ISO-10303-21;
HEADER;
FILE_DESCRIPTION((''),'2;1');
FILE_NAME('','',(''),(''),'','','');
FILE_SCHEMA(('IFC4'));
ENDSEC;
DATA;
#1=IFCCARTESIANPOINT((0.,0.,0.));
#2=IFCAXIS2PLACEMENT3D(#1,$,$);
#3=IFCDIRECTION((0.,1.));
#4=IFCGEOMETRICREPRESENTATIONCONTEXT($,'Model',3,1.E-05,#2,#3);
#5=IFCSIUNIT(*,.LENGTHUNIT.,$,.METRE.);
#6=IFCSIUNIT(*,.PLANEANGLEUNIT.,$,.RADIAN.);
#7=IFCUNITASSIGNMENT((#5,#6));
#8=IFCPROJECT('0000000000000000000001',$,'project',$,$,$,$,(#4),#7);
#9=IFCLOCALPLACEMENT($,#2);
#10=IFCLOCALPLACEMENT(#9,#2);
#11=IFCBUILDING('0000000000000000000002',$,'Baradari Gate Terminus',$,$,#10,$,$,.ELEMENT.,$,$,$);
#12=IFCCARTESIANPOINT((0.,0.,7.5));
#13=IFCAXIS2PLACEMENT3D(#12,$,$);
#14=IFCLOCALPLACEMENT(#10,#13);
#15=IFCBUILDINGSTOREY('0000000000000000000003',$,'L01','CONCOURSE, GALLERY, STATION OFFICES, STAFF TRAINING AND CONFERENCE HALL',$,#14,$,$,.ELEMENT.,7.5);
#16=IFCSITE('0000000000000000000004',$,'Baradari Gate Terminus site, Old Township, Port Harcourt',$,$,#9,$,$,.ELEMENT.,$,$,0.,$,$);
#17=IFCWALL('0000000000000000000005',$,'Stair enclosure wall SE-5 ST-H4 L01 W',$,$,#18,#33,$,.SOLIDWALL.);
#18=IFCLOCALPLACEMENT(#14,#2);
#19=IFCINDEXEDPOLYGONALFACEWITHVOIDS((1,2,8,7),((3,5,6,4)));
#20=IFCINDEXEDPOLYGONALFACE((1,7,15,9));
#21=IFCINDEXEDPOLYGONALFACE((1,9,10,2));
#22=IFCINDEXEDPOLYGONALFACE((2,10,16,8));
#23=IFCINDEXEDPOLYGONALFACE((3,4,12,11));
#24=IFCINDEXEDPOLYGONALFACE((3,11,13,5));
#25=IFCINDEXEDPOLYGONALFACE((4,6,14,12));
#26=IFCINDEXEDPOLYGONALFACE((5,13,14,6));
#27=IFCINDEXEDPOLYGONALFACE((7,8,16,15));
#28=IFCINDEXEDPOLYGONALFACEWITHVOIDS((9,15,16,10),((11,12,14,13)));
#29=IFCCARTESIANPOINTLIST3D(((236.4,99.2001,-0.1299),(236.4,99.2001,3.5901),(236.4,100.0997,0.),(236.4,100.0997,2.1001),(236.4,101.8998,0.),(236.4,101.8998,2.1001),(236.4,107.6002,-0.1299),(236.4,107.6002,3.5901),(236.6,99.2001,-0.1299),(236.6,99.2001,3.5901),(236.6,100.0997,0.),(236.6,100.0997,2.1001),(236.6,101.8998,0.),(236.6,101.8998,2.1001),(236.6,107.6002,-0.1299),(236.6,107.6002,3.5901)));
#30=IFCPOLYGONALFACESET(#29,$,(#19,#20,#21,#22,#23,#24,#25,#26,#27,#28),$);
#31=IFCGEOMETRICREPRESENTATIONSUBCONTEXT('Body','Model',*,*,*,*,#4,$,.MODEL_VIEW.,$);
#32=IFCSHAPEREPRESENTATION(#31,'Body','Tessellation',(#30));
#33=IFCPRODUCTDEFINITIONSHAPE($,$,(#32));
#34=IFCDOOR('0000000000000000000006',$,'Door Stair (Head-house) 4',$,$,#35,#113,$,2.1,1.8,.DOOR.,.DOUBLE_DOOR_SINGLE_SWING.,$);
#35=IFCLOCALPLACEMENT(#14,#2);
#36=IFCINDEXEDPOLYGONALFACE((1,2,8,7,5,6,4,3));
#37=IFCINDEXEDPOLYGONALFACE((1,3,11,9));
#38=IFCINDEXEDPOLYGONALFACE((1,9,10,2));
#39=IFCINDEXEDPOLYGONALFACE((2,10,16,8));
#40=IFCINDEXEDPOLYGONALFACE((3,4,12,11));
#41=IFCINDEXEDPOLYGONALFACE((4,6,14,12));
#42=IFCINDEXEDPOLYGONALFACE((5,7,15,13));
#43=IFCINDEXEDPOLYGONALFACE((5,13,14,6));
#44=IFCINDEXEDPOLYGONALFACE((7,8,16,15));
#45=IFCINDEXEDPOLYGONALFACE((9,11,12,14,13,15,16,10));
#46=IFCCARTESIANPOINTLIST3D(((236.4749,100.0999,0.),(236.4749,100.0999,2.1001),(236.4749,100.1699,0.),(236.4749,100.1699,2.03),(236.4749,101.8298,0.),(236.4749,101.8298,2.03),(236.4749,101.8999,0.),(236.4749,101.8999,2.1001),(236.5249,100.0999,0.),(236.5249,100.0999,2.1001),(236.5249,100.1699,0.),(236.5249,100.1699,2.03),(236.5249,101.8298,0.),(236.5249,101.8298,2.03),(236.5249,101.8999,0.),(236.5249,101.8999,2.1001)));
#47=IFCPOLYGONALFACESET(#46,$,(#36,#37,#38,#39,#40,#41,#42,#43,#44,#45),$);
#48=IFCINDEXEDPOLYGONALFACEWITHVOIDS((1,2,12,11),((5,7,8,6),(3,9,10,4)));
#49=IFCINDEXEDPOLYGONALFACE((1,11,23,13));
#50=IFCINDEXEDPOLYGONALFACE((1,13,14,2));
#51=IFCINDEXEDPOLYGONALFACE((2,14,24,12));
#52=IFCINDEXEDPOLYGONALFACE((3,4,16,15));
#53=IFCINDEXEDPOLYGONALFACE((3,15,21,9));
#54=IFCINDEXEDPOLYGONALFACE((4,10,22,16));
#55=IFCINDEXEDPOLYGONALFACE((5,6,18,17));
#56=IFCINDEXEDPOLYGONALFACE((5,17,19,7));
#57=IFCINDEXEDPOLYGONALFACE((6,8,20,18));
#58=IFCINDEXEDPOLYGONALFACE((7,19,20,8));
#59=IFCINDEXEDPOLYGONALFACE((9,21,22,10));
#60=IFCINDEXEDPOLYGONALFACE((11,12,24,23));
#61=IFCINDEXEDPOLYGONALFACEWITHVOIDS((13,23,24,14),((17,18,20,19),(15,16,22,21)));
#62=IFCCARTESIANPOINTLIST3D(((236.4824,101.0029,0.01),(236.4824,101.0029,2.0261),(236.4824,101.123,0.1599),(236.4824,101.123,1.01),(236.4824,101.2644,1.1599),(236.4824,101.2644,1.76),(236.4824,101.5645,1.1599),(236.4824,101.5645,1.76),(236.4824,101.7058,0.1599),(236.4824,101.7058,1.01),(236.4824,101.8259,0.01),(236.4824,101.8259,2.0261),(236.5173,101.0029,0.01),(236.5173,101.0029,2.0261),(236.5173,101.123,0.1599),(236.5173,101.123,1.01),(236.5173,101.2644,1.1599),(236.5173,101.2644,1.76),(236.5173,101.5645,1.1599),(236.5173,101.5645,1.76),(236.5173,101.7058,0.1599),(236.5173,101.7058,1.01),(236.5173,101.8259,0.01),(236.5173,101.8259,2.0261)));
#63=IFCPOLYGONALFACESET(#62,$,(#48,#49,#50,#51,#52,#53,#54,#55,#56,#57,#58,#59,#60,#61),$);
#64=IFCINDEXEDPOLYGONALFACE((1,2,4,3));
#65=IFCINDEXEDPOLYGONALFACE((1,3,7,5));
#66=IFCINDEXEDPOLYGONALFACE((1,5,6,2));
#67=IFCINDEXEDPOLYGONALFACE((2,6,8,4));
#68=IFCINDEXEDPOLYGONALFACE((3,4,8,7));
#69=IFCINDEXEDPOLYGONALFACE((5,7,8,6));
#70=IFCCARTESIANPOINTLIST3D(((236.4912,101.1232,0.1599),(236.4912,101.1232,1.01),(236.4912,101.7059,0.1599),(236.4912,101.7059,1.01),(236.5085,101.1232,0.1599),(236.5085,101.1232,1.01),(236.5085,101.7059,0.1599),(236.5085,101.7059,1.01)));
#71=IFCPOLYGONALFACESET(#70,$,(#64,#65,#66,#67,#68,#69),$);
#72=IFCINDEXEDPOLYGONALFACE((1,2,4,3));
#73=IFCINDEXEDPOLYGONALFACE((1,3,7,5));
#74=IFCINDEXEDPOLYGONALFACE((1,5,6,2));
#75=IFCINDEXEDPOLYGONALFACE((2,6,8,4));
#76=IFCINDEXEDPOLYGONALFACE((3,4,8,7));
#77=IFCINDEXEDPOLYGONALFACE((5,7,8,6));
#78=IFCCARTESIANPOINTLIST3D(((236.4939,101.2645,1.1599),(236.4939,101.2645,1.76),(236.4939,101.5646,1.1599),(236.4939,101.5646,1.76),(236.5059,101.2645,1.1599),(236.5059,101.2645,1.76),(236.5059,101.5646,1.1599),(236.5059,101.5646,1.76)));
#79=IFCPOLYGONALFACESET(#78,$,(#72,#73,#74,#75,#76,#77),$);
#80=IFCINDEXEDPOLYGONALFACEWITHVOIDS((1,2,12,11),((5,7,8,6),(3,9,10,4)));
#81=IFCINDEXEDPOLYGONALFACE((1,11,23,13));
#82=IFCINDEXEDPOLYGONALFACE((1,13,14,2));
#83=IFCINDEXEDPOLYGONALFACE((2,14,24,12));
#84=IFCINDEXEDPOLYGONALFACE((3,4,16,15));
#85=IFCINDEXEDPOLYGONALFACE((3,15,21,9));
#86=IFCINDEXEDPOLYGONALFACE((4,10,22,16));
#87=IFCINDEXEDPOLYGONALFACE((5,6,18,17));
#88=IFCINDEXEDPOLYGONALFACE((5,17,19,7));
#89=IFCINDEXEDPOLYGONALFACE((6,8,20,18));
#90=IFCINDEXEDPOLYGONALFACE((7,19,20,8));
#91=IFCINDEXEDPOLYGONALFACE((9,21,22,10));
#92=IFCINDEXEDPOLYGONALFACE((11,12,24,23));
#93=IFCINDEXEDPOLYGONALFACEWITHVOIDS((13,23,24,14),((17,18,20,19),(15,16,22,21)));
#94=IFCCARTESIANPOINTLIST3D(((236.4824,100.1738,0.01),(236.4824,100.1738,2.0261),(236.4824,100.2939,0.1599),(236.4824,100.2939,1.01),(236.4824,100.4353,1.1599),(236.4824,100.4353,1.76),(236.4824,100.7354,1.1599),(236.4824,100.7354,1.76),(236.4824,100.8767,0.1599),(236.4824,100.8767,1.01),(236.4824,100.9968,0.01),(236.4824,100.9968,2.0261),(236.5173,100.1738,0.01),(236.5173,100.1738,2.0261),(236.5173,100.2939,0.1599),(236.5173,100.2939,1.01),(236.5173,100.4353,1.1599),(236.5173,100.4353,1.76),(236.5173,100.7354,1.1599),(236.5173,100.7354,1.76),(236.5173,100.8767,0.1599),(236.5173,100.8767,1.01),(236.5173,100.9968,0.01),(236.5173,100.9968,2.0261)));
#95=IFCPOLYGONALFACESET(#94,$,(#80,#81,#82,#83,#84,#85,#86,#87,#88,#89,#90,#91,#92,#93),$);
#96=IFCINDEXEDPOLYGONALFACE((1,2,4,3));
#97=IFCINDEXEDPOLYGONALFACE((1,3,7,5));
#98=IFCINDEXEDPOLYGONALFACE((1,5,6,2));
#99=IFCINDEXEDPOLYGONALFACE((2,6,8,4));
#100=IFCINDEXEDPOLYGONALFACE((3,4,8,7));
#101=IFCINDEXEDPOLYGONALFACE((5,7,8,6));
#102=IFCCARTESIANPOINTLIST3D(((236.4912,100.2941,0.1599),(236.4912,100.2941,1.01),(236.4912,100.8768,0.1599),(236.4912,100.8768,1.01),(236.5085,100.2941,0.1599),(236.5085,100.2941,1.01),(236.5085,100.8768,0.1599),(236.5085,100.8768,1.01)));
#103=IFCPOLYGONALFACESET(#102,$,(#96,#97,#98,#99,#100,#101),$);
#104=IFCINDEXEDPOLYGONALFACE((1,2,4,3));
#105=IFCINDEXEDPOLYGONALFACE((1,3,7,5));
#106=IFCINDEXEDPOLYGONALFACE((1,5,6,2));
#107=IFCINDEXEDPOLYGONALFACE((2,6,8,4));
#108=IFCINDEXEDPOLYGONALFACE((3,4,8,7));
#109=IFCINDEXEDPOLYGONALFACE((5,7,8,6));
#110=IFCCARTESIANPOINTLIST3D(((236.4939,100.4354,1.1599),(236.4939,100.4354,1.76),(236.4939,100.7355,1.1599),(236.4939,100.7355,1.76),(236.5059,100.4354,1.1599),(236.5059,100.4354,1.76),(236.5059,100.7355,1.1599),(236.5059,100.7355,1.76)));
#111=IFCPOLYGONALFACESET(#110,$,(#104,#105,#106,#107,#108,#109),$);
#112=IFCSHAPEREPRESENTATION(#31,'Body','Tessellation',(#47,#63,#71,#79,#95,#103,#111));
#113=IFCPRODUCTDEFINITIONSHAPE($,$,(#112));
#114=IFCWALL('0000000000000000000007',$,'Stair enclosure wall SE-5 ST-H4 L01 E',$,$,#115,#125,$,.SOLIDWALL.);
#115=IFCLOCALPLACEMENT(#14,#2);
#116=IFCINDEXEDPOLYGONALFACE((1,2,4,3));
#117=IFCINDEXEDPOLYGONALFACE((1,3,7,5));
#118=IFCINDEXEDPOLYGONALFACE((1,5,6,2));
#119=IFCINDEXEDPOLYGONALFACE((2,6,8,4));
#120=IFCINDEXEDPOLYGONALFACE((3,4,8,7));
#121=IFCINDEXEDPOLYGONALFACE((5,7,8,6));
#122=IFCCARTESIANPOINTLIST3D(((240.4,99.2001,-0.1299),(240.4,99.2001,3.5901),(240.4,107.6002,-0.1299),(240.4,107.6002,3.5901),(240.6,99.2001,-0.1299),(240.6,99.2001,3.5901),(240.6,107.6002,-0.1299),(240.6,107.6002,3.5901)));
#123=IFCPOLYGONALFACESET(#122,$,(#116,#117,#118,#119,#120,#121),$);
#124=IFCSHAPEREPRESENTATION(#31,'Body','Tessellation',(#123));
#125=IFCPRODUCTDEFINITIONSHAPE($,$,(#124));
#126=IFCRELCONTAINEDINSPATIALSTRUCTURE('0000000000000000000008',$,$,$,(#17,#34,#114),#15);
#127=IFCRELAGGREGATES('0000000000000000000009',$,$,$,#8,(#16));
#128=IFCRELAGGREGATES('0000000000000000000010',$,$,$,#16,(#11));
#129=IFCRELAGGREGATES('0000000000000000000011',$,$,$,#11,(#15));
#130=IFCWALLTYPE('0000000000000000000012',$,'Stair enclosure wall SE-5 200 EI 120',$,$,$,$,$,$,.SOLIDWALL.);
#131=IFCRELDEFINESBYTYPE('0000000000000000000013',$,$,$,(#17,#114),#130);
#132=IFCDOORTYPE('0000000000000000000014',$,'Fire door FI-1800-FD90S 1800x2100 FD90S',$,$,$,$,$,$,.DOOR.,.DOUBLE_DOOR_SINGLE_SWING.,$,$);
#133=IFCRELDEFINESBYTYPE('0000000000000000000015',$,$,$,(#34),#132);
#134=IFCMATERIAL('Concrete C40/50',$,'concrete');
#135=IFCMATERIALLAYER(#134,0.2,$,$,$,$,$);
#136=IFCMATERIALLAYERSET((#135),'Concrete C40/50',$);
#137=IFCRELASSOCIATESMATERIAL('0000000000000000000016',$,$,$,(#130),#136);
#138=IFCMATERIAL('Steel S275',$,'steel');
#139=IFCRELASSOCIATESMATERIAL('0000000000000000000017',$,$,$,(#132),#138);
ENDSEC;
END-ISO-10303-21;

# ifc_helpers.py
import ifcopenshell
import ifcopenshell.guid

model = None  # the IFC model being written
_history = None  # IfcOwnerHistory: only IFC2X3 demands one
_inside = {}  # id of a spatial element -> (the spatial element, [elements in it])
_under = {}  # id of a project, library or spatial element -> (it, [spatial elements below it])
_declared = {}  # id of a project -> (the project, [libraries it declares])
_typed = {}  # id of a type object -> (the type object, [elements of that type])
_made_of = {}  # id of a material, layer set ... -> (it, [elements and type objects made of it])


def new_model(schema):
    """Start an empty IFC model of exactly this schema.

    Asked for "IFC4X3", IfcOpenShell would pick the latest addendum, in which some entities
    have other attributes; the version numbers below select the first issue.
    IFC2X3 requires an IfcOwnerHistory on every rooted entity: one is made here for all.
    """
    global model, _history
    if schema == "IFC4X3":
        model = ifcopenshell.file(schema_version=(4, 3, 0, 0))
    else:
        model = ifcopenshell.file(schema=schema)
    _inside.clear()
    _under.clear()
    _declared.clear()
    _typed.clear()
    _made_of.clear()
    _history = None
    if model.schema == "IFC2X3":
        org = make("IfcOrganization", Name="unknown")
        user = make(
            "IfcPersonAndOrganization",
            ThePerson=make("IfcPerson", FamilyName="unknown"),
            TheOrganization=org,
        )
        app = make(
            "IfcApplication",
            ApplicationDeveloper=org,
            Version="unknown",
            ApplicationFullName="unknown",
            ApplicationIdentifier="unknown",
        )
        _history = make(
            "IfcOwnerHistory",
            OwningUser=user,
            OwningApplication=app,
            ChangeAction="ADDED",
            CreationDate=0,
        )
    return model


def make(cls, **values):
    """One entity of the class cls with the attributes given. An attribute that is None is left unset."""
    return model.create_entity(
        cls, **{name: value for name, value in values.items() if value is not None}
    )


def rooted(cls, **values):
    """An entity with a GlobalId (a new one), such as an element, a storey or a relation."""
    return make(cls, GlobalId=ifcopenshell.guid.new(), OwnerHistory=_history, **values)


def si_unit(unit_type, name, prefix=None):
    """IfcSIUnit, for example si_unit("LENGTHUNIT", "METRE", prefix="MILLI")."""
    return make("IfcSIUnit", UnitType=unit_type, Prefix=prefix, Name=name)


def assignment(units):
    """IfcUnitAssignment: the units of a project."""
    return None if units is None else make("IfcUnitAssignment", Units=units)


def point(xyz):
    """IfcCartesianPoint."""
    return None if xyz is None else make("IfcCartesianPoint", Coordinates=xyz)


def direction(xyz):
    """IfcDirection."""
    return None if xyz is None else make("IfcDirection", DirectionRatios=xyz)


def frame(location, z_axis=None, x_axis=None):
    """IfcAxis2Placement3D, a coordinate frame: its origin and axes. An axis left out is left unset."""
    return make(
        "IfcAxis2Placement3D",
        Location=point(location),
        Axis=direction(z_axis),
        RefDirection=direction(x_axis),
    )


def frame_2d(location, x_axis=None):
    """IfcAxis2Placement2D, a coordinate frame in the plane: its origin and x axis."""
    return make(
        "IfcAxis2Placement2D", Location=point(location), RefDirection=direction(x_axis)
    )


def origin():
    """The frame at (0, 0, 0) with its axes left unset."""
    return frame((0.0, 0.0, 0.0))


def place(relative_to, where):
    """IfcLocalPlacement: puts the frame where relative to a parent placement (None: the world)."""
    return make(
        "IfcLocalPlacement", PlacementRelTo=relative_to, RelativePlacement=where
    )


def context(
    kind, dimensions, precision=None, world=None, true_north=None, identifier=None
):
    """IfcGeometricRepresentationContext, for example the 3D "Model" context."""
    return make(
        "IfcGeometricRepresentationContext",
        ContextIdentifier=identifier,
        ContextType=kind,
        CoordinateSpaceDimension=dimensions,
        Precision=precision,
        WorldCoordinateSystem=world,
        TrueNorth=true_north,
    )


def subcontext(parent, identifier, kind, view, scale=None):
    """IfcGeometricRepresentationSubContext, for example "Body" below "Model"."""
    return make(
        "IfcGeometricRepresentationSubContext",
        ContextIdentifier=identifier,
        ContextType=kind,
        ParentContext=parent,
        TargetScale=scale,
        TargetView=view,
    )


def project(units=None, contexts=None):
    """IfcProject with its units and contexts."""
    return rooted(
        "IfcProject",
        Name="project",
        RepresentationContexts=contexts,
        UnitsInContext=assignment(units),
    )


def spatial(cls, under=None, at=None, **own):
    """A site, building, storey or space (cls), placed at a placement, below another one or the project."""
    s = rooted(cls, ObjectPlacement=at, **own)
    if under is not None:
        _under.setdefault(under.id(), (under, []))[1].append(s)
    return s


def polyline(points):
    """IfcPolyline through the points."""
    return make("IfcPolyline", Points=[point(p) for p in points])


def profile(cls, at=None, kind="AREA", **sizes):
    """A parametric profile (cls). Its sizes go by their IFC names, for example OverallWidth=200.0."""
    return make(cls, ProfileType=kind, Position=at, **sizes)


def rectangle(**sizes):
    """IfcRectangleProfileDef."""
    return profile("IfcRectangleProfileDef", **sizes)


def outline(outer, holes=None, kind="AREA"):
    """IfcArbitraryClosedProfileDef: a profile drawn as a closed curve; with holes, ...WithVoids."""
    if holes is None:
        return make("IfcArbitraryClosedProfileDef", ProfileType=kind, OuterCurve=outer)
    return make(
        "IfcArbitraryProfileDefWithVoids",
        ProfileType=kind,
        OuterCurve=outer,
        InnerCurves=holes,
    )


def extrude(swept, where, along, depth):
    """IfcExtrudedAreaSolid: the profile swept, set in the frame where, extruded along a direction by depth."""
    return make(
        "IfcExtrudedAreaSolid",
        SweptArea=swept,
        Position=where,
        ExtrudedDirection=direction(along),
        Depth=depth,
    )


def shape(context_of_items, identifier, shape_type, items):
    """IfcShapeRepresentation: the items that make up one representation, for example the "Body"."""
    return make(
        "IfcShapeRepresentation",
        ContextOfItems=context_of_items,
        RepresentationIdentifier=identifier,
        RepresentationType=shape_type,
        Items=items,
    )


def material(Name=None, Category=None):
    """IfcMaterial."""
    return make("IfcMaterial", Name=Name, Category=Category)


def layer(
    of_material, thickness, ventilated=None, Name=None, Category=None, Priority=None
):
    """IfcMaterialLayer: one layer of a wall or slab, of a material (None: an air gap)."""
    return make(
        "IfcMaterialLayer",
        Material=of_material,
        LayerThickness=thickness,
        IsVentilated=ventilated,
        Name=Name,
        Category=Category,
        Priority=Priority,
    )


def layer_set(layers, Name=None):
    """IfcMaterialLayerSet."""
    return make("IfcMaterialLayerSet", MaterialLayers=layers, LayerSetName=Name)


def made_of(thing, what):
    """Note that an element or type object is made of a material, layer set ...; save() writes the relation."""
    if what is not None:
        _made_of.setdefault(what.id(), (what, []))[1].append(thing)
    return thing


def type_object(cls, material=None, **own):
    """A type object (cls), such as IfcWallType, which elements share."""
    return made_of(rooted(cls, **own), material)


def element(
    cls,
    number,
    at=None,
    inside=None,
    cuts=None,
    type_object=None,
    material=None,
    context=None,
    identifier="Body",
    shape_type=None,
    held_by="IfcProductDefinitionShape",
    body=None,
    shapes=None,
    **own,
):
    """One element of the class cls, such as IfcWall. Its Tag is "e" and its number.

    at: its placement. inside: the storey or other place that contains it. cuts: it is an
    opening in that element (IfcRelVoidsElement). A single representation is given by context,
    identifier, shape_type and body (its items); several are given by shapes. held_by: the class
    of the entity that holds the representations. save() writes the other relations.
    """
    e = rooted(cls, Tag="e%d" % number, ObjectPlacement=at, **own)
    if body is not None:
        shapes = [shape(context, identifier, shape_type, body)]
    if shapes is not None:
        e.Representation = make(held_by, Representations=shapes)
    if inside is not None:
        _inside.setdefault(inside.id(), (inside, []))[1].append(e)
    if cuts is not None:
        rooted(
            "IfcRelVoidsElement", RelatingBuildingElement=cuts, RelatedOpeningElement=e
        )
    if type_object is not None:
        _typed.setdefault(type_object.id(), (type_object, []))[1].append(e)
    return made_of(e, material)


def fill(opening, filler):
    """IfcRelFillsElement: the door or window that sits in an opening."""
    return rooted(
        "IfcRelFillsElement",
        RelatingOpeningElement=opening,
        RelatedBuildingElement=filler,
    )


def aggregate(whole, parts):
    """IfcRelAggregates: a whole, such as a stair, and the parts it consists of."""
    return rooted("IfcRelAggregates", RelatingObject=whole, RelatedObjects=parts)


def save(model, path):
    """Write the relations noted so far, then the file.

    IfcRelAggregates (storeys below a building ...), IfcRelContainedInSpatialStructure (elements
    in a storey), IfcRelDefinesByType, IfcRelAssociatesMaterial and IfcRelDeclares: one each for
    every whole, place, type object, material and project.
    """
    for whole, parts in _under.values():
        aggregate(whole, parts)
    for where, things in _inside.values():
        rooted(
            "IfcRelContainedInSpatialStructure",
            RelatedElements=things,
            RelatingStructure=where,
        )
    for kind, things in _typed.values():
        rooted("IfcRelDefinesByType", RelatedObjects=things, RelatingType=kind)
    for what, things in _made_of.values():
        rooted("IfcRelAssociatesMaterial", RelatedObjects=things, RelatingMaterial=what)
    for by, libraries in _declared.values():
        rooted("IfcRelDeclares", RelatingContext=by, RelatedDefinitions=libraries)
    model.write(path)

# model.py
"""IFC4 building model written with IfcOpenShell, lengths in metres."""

from ifc_helpers import new_model, si_unit, direction, frame, frame_2d, origin, place, context, subcontext, project, spatial, polyline, rectangle, outline, extrude, material, layer, layer_set, type_object, element, fill, save


model = new_model("IFC4")

# Units and contexts
model_context = context("Model", 3, precision=1e-05, world=origin(), true_north=direction((0.0, 1.0)))
body_context = subcontext(model_context, "Body", "Model", "MODEL_VIEW")
ifc_project = project(units=[si_unit("LENGTHUNIT", "METRE"), si_unit("PLANEANGLEUNIT", "RADIAN")], contexts=[model_context])

# Site, building, storey
site_placement = place(None, origin())
site = spatial("IfcSite", under=ifc_project, at=site_placement, Name="Baradari Gate Terminus site, Old Township, Port Harcourt", CompositionType="ELEMENT", RefElevation=0.0)
building_placement = place(site_placement, origin())
building = spatial("IfcBuilding", under=site, at=building_placement, Name="Baradari Gate Terminus", CompositionType="ELEMENT")
storey_placement = place(building_placement, frame((0.0, 0.0, 7.5)))
storey = spatial("IfcBuildingStorey", under=building, at=storey_placement, Name="L01", Description="CONCOURSE, GALLERY, STATION OFFICES, STAFF TRAINING AND CONFERENCE HALL", CompositionType="ELEMENT", Elevation=7.5)

# Wall, opening, door
ifc_material_1 = material(Name="Concrete C40/50", Category="concrete")
ifc_layer_1 = layer(ifc_material_1, 0.2)
ifc_layer_set_1 = layer_set([ifc_layer_1], Name="Concrete C40/50")
wall_type_1 = type_object("IfcWallType", Name="Stair enclosure wall SE-5 200 EI 120", PredefinedType="SOLIDWALL", material=ifc_layer_set_1)
ifc_material_2 = material(Name="Steel S275", Category="steel")
door_type_1 = type_object("IfcDoorType", Name="Fire door FI-1800-FD90S 1800x2100 FD90S", OperationType="DOUBLE_DOOR_SINGLE_SWING", PredefinedType="DOOR", material=ifc_material_2)
wall_1_placement = place(storey_placement, frame((236.5, 99.2, -0.1299), z_axis=(0.0, 0.0, 1.0), x_axis=(0.0, 1.0, 0.0)))
wall_1 = element("IfcWall", 1, at=wall_1_placement, inside=storey, type_object=wall_type_1, Name="Stair enclosure wall SE-5 ST-H4 L01 W", PredefinedType="SOLIDWALL", context=body_context, shape_type="SweptSolid", body=[
    extrude(rectangle(XDim=8.4001, YDim=0.2, at=frame_2d((4.2002, 0.0))), origin(), (0.0, 0.0, 1.0), 3.72),
])
opening_1_placement = place(wall_1_placement, frame((0.8999, 0.0, 0.1299)))
opening_1 = element("IfcOpeningElement", 2, at=opening_1_placement, cuts=wall_1, PredefinedType="OPENING", context=body_context, shape_type="SweptSolid", body=[
    extrude(rectangle(XDim=1.8, YDim=2.1001, at=frame_2d((0.8999, 1.05))), frame((0.0, 0.1099, 0.0), z_axis=(0.0, -1.0, 0.0), x_axis=(1.0, 0.0, 0.0)), (0.0, 0.0, 1.0), 0.22),
])
door_1_placement = place(opening_1_placement, frame((1.8, 0.0, 0.0), z_axis=(0.0, 0.0, 1.0), x_axis=(-1.0, 0.0, 0.0)))
door_1 = element("IfcDoor", 3, at=door_1_placement, inside=storey, type_object=door_type_1, Name="Door Stair (Head-house) 4", OperationType="DOUBLE_DOOR_SINGLE_SWING", OverallHeight=2.1, OverallWidth=1.8, PredefinedType="DOOR", context=body_context, shape_type="SweptSolid", body=[
    extrude(outline(polyline([(0.0, 0.0), (0.0701, 0.0), (0.0701, 2.03), (1.73, 2.03), (1.73, 0.0), (1.8, 0.0), (1.8, 2.1001), (0.0, 2.1001), (0.0, 0.0)])), frame((0.0, 0.0249, 0.0), z_axis=(0.0, -1.0, 0.0), x_axis=(1.0, 0.0, 0.0)), (0.0, 0.0, 1.0), 0.05),
    extrude(outline(polyline([(0.074, 0.01), (0.897, 0.01), (0.897, 2.0261), (0.074, 2.0261), (0.074, 0.01)]), holes=[polyline([(0.1941, 0.1599), (0.7769, 0.1599), (0.7769, 1.01), (0.1941, 1.01), (0.1941, 0.1599)]), polyline([(0.3354, 1.1599), (0.6355, 1.1599), (0.6355, 1.76), (0.3354, 1.76), (0.3354, 1.1599)])]), frame((0.0, 0.0173, 0.0), z_axis=(0.0, -1.0, 0.0), x_axis=(1.0, 0.0, 0.0)), (0.0, 0.0, 1.0), 0.0349),
    extrude(rectangle(XDim=0.5828, YDim=0.8501, at=frame_2d((0.4854, 0.585))), frame((0.0, 0.0085, 0.0), z_axis=(0.0, -1.0, 0.0), x_axis=(1.0, 0.0, 0.0)), (0.0, 0.0, 1.0), 0.0173),
    extrude(rectangle(XDim=0.3, YDim=0.6001, at=frame_2d((0.4854, 1.46))), frame((0.0, 0.0059, 0.0), z_axis=(0.0, -1.0, 0.0), x_axis=(1.0, 0.0, 0.0)), (0.0, 0.0, 1.0), 0.012),
    extrude(outline(polyline([(0.9031, 0.01), (1.7261, 0.01), (1.7261, 2.0261), (0.9031, 2.0261), (0.9031, 0.01)]), holes=[polyline([(1.0232, 0.1599), (1.606, 0.1599), (1.606, 1.01), (1.0232, 1.01), (1.0232, 0.1599)]), polyline([(1.1646, 1.1599), (1.4646, 1.1599), (1.4646, 1.76), (1.1646, 1.76), (1.1646, 1.1599)])]), frame((0.0, 0.0173, 0.0), z_axis=(0.0, -1.0, 0.0), x_axis=(1.0, 0.0, 0.0)), (0.0, 0.0, 1.0), 0.0349),
    extrude(rectangle(XDim=0.5828, YDim=0.8501, at=frame_2d((1.3145, 0.585))), frame((0.0, 0.0085, 0.0), z_axis=(0.0, -1.0, 0.0), x_axis=(1.0, 0.0, 0.0)), (0.0, 0.0, 1.0), 0.0173),
    extrude(rectangle(XDim=0.3, YDim=0.6001, at=frame_2d((1.3145, 1.46))), frame((0.0, 0.0059, 0.0), z_axis=(0.0, -1.0, 0.0), x_axis=(1.0, 0.0, 0.0)), (0.0, 0.0, 1.0), 0.012),
])
fill(opening_1, door_1)

# Wall
wall_2_placement = place(storey_placement, frame((240.5, 99.2, -0.1299), z_axis=(0.0, 0.0, 1.0), x_axis=(0.0, 1.0, 0.0)))
element("IfcWall", 4, at=wall_2_placement, inside=storey, type_object=wall_type_1, Name="Stair enclosure wall SE-5 ST-H4 L01 E", PredefinedType="SOLIDWALL", context=body_context, shape_type="SweptSolid", body=[
    extrude(rectangle(XDim=8.4001, YDim=0.2, at=frame_2d((4.2002, 0.0))), origin(), (0.0, 0.0, 1.0), 3.72),
])

save(model, "model.ifc")
